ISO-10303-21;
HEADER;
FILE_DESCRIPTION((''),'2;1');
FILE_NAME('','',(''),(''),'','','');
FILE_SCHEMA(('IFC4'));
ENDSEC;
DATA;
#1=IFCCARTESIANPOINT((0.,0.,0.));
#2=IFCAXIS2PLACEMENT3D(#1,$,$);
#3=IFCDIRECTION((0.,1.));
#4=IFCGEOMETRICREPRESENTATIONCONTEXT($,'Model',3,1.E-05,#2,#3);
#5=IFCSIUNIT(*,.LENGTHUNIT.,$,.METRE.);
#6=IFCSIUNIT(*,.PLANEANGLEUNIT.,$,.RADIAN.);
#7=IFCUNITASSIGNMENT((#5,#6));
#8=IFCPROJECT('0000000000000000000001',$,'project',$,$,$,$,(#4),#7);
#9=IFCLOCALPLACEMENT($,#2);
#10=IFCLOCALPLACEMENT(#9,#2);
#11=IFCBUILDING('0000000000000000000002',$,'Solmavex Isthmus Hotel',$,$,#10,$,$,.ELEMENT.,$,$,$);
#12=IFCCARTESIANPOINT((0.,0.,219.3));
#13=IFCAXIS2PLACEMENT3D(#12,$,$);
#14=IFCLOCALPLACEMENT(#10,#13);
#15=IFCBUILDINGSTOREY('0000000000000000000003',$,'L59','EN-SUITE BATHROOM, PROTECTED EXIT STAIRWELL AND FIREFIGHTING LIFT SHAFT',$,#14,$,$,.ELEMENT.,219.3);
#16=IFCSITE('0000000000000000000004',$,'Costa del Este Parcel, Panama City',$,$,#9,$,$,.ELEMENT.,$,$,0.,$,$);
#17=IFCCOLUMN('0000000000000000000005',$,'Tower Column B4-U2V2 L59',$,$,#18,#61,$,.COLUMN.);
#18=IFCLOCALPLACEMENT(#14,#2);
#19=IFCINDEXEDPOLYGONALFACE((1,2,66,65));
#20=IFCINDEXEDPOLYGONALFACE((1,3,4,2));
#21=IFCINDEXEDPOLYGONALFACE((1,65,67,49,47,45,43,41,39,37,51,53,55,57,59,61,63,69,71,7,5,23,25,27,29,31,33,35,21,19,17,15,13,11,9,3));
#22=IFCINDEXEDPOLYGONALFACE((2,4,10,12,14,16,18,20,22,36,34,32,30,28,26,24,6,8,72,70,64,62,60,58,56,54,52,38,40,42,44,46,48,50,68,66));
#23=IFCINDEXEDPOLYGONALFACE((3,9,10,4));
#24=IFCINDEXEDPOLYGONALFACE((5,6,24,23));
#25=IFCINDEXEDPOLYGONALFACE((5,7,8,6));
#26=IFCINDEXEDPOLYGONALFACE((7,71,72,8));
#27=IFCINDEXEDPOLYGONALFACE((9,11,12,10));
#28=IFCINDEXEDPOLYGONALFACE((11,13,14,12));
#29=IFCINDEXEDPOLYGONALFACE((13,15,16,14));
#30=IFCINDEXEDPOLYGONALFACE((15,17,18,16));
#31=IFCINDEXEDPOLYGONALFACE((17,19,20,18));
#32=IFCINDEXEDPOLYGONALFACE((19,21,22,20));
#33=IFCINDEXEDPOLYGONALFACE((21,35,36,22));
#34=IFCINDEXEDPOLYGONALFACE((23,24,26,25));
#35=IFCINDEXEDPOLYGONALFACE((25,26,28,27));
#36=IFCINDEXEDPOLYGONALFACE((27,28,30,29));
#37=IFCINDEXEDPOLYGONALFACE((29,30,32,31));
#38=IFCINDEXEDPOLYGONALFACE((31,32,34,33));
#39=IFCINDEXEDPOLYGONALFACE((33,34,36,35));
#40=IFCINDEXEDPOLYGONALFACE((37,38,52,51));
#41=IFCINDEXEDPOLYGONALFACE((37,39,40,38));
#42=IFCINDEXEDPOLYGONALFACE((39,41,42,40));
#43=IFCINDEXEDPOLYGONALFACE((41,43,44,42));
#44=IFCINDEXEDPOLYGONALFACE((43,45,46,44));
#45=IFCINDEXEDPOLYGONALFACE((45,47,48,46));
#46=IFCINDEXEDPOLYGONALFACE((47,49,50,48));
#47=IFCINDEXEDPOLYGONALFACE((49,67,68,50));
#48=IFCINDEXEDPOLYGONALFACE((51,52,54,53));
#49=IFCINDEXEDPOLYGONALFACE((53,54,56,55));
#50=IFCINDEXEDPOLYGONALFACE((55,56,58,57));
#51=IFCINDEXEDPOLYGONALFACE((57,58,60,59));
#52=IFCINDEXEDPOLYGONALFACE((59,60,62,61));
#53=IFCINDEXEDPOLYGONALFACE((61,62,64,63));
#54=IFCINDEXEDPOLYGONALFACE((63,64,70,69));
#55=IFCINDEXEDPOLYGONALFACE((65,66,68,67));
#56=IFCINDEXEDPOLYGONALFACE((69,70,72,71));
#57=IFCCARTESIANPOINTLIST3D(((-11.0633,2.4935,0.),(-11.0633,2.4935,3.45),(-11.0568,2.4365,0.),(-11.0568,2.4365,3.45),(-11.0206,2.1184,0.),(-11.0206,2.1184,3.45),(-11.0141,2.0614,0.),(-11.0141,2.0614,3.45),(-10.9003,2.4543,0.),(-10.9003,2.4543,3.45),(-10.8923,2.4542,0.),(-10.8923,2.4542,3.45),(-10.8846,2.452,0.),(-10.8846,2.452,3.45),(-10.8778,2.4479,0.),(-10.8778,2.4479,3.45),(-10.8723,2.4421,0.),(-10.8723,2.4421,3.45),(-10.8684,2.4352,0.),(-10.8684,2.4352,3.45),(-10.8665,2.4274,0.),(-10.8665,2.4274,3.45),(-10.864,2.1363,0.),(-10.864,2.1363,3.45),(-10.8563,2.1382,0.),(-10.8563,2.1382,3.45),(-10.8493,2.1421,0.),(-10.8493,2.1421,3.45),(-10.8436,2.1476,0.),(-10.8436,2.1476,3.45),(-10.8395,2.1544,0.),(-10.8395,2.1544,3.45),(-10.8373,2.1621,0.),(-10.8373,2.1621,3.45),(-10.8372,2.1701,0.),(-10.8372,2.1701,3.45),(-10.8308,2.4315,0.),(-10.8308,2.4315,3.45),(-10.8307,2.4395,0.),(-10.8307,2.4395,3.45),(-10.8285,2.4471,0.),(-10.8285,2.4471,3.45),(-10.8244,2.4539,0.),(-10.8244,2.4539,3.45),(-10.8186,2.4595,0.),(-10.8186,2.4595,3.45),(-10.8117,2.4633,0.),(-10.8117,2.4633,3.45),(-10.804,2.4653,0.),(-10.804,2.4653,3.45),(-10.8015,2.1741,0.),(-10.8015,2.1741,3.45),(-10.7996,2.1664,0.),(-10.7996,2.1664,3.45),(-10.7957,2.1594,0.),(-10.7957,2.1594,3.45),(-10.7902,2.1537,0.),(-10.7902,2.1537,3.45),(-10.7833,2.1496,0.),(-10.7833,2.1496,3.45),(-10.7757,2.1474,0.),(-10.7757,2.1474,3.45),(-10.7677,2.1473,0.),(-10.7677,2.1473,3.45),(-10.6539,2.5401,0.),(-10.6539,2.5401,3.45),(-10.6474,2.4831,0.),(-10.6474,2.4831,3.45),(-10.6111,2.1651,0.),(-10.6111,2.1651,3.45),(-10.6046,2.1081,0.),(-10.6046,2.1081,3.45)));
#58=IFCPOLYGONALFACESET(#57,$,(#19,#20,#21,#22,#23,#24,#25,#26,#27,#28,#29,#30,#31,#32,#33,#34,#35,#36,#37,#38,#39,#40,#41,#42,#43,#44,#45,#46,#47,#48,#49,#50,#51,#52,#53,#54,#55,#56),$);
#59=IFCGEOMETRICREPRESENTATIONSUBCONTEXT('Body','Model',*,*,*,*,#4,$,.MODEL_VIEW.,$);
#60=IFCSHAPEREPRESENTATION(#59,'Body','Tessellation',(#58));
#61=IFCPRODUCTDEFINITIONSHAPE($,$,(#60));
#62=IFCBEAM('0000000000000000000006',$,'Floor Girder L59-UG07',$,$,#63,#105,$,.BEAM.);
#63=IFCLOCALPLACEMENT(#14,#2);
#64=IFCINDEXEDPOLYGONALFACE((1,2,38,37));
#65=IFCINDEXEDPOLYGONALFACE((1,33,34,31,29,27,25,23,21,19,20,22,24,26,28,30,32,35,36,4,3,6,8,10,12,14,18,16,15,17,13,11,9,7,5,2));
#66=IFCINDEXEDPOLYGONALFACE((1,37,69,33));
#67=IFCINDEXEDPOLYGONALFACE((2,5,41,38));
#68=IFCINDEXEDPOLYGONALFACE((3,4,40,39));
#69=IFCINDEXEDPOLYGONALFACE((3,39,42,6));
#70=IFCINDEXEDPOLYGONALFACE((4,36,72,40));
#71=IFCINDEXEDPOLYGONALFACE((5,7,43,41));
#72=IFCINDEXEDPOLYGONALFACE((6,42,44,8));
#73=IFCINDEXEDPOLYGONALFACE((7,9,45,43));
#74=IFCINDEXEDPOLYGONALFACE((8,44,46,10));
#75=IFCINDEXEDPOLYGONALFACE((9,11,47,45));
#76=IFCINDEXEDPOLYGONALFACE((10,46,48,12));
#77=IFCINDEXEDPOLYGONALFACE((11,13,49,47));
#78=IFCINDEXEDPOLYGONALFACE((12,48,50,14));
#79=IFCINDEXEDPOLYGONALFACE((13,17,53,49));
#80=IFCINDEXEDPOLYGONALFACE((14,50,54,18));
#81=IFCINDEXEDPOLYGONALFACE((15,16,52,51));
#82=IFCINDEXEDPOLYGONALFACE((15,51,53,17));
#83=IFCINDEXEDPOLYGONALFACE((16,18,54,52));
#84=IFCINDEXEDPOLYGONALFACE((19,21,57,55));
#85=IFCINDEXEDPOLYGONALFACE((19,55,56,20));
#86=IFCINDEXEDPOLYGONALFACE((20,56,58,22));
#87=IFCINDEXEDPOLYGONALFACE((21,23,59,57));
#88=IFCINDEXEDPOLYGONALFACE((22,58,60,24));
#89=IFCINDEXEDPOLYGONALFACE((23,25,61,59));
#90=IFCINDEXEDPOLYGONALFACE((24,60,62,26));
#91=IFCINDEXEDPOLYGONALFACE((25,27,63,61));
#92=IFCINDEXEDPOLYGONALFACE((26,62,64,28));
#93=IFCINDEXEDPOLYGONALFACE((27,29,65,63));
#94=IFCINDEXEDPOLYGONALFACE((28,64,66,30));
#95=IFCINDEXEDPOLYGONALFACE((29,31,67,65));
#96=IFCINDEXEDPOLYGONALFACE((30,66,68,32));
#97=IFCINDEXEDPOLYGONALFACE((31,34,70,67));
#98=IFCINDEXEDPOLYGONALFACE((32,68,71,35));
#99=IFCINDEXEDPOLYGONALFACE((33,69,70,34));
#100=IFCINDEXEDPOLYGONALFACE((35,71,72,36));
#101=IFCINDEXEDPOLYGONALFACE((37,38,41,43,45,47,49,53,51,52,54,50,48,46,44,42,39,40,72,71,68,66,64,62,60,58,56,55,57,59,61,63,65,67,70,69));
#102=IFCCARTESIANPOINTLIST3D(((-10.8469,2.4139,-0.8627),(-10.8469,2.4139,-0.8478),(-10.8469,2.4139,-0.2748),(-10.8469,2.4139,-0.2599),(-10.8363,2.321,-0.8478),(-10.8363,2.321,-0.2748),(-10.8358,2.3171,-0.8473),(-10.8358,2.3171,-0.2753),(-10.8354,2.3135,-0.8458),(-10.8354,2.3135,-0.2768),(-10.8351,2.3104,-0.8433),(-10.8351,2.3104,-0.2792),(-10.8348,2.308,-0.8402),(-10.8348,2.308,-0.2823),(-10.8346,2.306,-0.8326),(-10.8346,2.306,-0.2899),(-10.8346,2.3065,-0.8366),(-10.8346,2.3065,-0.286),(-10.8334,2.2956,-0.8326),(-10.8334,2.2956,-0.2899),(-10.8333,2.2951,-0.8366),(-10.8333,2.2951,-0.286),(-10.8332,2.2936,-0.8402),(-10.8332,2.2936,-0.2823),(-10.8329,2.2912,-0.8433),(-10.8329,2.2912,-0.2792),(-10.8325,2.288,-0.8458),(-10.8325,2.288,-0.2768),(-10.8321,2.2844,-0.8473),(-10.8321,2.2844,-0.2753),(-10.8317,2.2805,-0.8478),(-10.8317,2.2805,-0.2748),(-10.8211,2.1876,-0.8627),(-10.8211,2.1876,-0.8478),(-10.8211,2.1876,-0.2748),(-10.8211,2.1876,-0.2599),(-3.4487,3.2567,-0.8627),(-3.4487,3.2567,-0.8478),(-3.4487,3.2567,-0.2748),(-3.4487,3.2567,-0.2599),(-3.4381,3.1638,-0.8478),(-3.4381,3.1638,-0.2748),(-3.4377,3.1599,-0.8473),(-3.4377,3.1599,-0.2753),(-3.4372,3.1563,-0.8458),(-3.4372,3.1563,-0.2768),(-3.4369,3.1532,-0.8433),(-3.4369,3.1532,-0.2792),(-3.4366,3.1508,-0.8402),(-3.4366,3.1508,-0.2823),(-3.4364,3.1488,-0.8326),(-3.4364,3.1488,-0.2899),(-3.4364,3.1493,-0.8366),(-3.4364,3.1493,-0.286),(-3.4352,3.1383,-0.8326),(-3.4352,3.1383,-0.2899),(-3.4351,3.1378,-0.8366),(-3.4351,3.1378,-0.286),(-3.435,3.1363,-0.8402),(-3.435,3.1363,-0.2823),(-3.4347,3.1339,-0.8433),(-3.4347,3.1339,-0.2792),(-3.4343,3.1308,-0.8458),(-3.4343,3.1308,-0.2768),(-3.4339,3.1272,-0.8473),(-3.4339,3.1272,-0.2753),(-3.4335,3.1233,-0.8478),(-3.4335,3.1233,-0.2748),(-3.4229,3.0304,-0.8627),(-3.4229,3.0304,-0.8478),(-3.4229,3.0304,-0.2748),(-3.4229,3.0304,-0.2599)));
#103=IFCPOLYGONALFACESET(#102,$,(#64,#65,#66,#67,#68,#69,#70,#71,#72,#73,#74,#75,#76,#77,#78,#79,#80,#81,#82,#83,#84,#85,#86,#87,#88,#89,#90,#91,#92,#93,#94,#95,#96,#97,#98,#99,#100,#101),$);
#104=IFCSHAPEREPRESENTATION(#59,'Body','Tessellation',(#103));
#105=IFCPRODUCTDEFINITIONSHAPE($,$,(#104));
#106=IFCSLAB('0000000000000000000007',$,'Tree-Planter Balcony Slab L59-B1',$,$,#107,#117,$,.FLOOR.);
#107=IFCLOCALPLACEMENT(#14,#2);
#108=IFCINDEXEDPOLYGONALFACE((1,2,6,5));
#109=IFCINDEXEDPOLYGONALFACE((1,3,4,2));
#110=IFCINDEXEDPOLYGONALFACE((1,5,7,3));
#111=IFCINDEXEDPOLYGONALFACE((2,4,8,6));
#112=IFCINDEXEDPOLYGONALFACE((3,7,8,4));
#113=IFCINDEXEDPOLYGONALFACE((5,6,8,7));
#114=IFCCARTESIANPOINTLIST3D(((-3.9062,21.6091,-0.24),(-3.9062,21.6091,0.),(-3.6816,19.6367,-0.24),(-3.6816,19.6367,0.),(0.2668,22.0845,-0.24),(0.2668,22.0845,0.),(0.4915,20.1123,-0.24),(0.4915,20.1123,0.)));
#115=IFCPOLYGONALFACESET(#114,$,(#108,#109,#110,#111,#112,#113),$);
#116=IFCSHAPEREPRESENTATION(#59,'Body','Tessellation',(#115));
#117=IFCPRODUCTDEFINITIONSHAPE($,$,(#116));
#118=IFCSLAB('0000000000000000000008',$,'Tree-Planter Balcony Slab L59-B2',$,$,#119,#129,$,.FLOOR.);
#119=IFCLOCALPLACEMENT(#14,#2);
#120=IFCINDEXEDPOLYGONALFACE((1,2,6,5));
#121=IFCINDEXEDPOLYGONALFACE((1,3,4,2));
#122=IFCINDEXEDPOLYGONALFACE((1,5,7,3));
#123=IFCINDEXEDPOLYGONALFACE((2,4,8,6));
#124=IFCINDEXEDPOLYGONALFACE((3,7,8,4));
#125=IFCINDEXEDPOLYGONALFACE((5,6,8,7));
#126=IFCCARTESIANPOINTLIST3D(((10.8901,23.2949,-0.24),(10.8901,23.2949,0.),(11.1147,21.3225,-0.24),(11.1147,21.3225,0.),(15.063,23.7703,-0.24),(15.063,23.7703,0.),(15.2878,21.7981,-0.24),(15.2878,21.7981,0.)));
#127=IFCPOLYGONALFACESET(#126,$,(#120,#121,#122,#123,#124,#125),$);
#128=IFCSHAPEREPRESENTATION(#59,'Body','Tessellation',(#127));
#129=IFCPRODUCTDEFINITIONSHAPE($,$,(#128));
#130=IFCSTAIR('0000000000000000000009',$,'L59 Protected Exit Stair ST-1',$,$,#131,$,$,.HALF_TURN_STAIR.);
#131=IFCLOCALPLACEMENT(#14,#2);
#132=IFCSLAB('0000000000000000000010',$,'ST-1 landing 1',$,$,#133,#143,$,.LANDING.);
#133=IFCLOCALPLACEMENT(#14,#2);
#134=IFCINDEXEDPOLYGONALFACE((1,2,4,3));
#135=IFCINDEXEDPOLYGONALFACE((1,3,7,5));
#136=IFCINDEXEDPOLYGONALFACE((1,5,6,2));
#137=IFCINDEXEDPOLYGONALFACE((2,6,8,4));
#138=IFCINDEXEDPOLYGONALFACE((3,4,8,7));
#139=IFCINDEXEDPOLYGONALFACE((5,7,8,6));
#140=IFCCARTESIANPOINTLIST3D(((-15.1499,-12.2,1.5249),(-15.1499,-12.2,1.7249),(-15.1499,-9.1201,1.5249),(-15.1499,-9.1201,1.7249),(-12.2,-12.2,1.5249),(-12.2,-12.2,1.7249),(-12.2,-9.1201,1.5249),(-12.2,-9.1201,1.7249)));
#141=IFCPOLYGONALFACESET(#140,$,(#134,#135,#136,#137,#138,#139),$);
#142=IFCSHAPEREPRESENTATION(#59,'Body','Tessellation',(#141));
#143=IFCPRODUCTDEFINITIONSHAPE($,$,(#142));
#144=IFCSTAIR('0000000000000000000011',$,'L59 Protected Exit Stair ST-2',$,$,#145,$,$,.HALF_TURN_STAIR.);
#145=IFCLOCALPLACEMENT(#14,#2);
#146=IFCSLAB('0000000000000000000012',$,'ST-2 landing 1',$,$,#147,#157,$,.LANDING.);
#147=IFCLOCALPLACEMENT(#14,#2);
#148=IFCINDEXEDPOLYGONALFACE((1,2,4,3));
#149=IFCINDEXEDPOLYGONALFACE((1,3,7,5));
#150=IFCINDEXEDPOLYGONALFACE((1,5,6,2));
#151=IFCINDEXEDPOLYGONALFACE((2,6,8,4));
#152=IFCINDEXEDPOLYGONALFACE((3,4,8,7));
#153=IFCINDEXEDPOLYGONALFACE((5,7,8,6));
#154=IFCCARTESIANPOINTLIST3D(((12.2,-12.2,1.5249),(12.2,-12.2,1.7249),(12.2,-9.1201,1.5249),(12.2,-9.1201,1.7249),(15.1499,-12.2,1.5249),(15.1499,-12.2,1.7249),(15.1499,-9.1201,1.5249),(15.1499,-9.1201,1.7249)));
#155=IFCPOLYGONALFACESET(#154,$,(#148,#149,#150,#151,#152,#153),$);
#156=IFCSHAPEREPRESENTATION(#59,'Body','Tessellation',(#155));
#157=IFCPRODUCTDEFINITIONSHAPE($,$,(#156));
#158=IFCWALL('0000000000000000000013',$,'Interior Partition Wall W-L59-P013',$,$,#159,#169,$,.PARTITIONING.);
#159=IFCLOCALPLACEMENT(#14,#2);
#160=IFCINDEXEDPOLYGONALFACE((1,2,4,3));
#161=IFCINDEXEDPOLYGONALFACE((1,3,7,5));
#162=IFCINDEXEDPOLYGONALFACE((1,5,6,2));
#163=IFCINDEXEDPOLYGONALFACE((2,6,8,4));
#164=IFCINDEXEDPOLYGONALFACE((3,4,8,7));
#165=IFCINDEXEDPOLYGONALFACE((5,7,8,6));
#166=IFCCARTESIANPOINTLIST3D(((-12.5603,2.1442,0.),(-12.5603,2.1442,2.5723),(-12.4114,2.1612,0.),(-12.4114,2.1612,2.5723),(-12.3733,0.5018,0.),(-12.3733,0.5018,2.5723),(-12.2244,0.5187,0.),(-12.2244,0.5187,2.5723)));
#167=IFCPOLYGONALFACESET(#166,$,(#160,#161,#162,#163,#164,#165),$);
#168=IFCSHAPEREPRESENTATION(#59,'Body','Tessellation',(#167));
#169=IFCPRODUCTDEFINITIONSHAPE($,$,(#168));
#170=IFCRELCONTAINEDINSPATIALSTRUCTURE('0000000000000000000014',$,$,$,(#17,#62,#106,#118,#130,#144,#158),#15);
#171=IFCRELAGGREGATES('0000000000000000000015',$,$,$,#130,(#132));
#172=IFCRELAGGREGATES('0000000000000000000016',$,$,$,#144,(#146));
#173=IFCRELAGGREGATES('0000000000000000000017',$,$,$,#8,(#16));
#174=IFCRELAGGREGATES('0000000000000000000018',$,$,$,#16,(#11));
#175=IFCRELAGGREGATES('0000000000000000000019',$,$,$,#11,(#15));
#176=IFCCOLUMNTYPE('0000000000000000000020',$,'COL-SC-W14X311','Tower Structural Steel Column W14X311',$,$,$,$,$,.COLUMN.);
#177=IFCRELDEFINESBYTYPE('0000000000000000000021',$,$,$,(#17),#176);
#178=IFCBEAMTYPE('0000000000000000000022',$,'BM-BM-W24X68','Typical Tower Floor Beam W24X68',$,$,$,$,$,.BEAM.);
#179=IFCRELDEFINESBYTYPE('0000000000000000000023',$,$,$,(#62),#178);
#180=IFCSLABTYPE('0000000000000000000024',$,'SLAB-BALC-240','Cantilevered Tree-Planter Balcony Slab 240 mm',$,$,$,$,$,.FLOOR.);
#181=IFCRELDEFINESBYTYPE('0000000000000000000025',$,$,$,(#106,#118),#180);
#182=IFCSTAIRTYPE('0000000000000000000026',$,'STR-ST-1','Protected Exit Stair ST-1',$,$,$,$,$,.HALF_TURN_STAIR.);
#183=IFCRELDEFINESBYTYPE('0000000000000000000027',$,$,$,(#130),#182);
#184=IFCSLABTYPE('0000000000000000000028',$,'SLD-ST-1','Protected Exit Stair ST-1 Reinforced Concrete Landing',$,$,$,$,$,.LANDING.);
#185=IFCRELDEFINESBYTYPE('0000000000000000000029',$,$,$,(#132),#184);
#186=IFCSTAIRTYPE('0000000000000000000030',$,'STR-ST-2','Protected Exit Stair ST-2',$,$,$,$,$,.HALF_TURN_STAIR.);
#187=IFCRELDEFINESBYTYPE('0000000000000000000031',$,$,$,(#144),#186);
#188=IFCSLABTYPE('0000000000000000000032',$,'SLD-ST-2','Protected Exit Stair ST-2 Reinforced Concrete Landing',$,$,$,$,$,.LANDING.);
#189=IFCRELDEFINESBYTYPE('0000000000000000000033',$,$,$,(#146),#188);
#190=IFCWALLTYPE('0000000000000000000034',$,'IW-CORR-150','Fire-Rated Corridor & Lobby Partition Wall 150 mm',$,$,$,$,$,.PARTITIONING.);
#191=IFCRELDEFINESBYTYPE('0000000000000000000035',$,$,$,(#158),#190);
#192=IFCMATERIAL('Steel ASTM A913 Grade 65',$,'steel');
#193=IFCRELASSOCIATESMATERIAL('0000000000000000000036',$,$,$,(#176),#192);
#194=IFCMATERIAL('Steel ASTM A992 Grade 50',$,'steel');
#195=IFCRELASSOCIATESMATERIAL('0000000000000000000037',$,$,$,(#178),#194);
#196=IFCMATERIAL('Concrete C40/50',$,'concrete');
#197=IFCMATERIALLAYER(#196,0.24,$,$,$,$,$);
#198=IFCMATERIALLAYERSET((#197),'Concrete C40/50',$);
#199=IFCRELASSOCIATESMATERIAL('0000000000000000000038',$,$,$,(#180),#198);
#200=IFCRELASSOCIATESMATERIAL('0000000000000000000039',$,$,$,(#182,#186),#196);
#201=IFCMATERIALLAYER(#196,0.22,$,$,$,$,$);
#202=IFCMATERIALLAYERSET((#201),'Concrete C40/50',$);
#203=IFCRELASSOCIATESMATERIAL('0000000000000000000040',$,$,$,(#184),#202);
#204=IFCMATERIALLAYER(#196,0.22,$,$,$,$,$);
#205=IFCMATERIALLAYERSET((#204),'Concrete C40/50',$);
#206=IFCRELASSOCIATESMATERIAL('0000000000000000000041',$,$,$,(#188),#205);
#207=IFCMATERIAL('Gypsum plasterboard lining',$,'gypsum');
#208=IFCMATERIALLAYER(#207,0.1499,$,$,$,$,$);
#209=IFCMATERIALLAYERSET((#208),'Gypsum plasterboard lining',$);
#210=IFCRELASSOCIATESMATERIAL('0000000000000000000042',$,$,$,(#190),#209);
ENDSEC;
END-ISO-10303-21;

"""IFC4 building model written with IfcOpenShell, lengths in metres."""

from ifc_helpers import new_model, si_unit, direction, frame, frame_2d, origin, origin_2d, place, context, subcontext, project, spatial, polyline, rectangle, i_section, outline, extrude, material, layer, layer_set, material_profile, profile_set, type_object, element, aggregate, save


model = new_model("IFC4")

# Units and contexts
model_context = context("Model", 3, precision=1e-05, world=origin(), true_north=direction((0.0, 1.0)))
body_context = subcontext(model_context, "Body", "Model", "MODEL_VIEW")
ifc_project = project(units=[si_unit("LENGTHUNIT", "METRE"), si_unit("PLANEANGLEUNIT", "RADIAN")], contexts=[model_context])

# Site, building, storey
site_placement = place(None, origin())
site = spatial("IfcSite", under=ifc_project, at=site_placement, Name="Costa del Este Parcel, Panama City", CompositionType="ELEMENT", RefElevation=0.0)
building_placement = place(site_placement, origin())
building = spatial("IfcBuilding", under=site, at=building_placement, Name="Solmavex Isthmus Hotel", CompositionType="ELEMENT")
storey_placement = place(building_placement, frame((0.0, 0.0, 219.3)))
storey = spatial("IfcBuildingStorey", under=building, at=storey_placement, Name="L59", Description="EN-SUITE BATHROOM, PROTECTED EXIT STAIRWELL AND FIREFIGHTING LIFT SHAFT", CompositionType="ELEMENT", Elevation=219.3)

# Column
ifc_material_1 = material(Name="Steel ASTM A913 Grade 65", Category="steel")
ifc_material_profile_1 = material_profile(ifc_material_1, i_section(OverallWidth=0.4121, OverallDepth=0.4348, WebThickness=0.0359, FlangeThickness=0.0574, FilletRadius=0.0305, at=origin_2d()), Name="W14X311")
ifc_profile_set_1 = profile_set([ifc_material_profile_1], Name="Steel ASTM A913 Grade 65")
column_type = type_object("IfcColumnType", Name="COL-SC-W14X311", Description="Tower Structural Steel Column W14X311", PredefinedType="COLUMN", material=ifc_profile_set_1)
column_placement = place(storey_placement, frame((-10.834, 2.3008, 0.0), z_axis=(0.0, 0.0, 1.0), x_axis=(0.993572, 0.113203, 0.0)))
element("IfcColumn", 1, at=column_placement, inside=storey, type_object=column_type, Name="Tower Column B4-U2V2 L59", PredefinedType="COLUMN", context=body_context, shape_type="SweptSolid", body=[
    extrude(i_section(OverallWidth=0.4121, OverallDepth=0.4348, WebThickness=0.0359, FlangeThickness=0.0574, FilletRadius=0.0305, at=origin_2d()), origin(), (0.0, 0.0, 1.0), 3.45),
])

# Beam
ifc_material_2 = material(Name="Steel ASTM A992 Grade 50", Category="steel")
ifc_material_profile_2 = material_profile(ifc_material_2, i_section(OverallWidth=0.2278, OverallDepth=0.6028, WebThickness=0.0105, FlangeThickness=0.0149, FilletRadius=0.0151, at=origin_2d()), Name="W24X68")
ifc_profile_set_2 = profile_set([ifc_material_profile_2], Name="Steel ASTM A992 Grade 50")
beam_type = type_object("IfcBeamType", Name="BM-BM-W24X68", Description="Typical Tower Floor Beam W24X68", PredefinedType="BEAM", material=ifc_profile_set_2)
beam_placement = place(storey_placement, frame((-10.834, 2.3008, -0.5613), z_axis=(0.993574, 0.113184, 0.0), x_axis=(-0.113184, 0.993574, 0.0)))
element("IfcBeam", 2, at=beam_placement, inside=storey, type_object=beam_type, Name="Floor Girder L59-UG07", PredefinedType="BEAM", context=body_context, shape_type="SweptSolid", body=[
    extrude(i_section(OverallWidth=0.2278, OverallDepth=0.6028, WebThickness=0.0105, FlangeThickness=0.0149, FilletRadius=0.0151, at=origin_2d()), origin(), (0.0, 0.0, 1.0), 7.446),
])

# Slabs
ifc_material_3 = material(Name="Concrete C40/50", Category="concrete")
ifc_layer_1 = layer(ifc_material_3, 0.24)
ifc_layer_set_1 = layer_set([ifc_layer_1], Name="Concrete C40/50")
slab_type_1 = type_object("IfcSlabType", Name="SLAB-BALC-240", Description="Cantilevered Tree-Planter Balcony Slab 240 mm", PredefinedType="FLOOR", material=ifc_layer_set_1)
slab_1_placement = place(storey_placement, frame((0.0, 0.0, -0.24)))
element("IfcSlab", 3, at=slab_1_placement, inside=storey, type_object=slab_type_1, Name="Tree-Planter Balcony Slab L59-B1", PredefinedType="FLOOR", context=body_context, shape_type="SweptSolid", body=[
    extrude(outline(polyline([(-3.6816, 19.6367), (0.4915, 20.1123), (0.2668, 22.0845), (-3.9062, 21.6091), (-3.6816, 19.6367)])), origin(), (0.0, 0.0, 1.0), 0.24),
])
slab_2_placement = place(storey_placement, frame((0.0, 0.0, -0.24)))
element("IfcSlab", 4, at=slab_2_placement, inside=storey, type_object=slab_type_1, Name="Tree-Planter Balcony Slab L59-B2", PredefinedType="FLOOR", context=body_context, shape_type="SweptSolid", body=[
    extrude(outline(polyline([(11.1147, 21.3225), (15.2878, 21.7981), (15.063, 23.7703), (10.8901, 23.2949), (11.1147, 21.3225)])), origin(), (0.0, 0.0, 1.0), 0.24),
])

# Stairs, slabs
stair_type_1 = type_object("IfcStairType", Name="STR-ST-1", Description="Protected Exit Stair ST-1", PredefinedType="HALF_TURN_STAIR", material=ifc_material_3)
stair_1_placement = place(storey_placement, origin())
stair_1 = element("IfcStair", 5, at=stair_1_placement, inside=storey, type_object=stair_type_1, Name="L59 Protected Exit Stair ST-1", PredefinedType="HALF_TURN_STAIR")
ifc_layer_2 = layer(ifc_material_3, 0.22)
ifc_layer_set_2 = layer_set([ifc_layer_2], Name="Concrete C40/50")
slab_type_2 = type_object("IfcSlabType", Name="SLD-ST-1", Description="Protected Exit Stair ST-1 Reinforced Concrete Landing", PredefinedType="LANDING", material=ifc_layer_set_2)
slab_3_placement = place(storey_placement, frame((0.0, 0.0, 1.5249)))
slab_3 = element("IfcSlab", 6, at=slab_3_placement, type_object=slab_type_2, Name="ST-1 landing 1", PredefinedType="LANDING", context=body_context, shape_type="SweptSolid", body=[
    extrude(outline(polyline([(-15.1499, -9.1201), (-15.1499, -12.2), (-12.2, -12.2), (-12.2, -9.1201), (-15.1499, -9.1201)])), origin(), (0.0, 0.0, 1.0), 0.2),
])
aggregate(stair_1, [slab_3])
stair_type_2 = type_object("IfcStairType", Name="STR-ST-2", Description="Protected Exit Stair ST-2", PredefinedType="HALF_TURN_STAIR", material=ifc_material_3)
stair_2_placement = place(storey_placement, origin())
stair_2 = element("IfcStair", 7, at=stair_2_placement, inside=storey, type_object=stair_type_2, Name="L59 Protected Exit Stair ST-2", PredefinedType="HALF_TURN_STAIR")
ifc_layer_3 = layer(ifc_material_3, 0.22)
ifc_layer_set_3 = layer_set([ifc_layer_3], Name="Concrete C40/50")
slab_type_3 = type_object("IfcSlabType", Name="SLD-ST-2", Description="Protected Exit Stair ST-2 Reinforced Concrete Landing", PredefinedType="LANDING", material=ifc_layer_set_3)
slab_4_placement = place(storey_placement, frame((0.0, 0.0, 1.5249)))
slab_4 = element("IfcSlab", 8, at=slab_4_placement, type_object=slab_type_3, Name="ST-2 landing 1", PredefinedType="LANDING", context=body_context, shape_type="SweptSolid", body=[
    extrude(outline(polyline([(12.2, -9.1201), (12.2, -12.2), (15.1499, -12.2), (15.1499, -9.1201), (12.2, -9.1201)])), origin(), (0.0, 0.0, 1.0), 0.2),
])
aggregate(stair_2, [slab_4])

# Wall
ifc_material_4 = material(Name="Gypsum plasterboard lining", Category="gypsum")
ifc_layer_4 = layer(ifc_material_4, 0.1499)
ifc_layer_set_4 = layer_set([ifc_layer_4], Name="Gypsum plasterboard lining")
wall_type = type_object("IfcWallType", Name="IW-CORR-150", Description="Fire-Rated Corridor & Lobby Partition Wall 150 mm", PredefinedType="PARTITIONING", material=ifc_layer_set_4)
wall_1_placement = place(storey_placement, frame((-12.4858, 2.1528, 0.0), z_axis=(0.0, 0.0, 1.0), x_axis=(0.113122, -0.993581, 0.0)))
element("IfcWall", 9, at=wall_1_placement, inside=storey, type_object=wall_type, Name="Interior Partition Wall W-L59-P013", PredefinedType="PARTITIONING", context=body_context, shape_type="SweptSolid", body=[
    extrude(rectangle(XDim=1.6531, YDim=0.1499, at=frame_2d((0.8267, 0.0))), origin(), (0.0, 0.0, 1.0), 2.5723),
])

save(model, "model.ifc")
